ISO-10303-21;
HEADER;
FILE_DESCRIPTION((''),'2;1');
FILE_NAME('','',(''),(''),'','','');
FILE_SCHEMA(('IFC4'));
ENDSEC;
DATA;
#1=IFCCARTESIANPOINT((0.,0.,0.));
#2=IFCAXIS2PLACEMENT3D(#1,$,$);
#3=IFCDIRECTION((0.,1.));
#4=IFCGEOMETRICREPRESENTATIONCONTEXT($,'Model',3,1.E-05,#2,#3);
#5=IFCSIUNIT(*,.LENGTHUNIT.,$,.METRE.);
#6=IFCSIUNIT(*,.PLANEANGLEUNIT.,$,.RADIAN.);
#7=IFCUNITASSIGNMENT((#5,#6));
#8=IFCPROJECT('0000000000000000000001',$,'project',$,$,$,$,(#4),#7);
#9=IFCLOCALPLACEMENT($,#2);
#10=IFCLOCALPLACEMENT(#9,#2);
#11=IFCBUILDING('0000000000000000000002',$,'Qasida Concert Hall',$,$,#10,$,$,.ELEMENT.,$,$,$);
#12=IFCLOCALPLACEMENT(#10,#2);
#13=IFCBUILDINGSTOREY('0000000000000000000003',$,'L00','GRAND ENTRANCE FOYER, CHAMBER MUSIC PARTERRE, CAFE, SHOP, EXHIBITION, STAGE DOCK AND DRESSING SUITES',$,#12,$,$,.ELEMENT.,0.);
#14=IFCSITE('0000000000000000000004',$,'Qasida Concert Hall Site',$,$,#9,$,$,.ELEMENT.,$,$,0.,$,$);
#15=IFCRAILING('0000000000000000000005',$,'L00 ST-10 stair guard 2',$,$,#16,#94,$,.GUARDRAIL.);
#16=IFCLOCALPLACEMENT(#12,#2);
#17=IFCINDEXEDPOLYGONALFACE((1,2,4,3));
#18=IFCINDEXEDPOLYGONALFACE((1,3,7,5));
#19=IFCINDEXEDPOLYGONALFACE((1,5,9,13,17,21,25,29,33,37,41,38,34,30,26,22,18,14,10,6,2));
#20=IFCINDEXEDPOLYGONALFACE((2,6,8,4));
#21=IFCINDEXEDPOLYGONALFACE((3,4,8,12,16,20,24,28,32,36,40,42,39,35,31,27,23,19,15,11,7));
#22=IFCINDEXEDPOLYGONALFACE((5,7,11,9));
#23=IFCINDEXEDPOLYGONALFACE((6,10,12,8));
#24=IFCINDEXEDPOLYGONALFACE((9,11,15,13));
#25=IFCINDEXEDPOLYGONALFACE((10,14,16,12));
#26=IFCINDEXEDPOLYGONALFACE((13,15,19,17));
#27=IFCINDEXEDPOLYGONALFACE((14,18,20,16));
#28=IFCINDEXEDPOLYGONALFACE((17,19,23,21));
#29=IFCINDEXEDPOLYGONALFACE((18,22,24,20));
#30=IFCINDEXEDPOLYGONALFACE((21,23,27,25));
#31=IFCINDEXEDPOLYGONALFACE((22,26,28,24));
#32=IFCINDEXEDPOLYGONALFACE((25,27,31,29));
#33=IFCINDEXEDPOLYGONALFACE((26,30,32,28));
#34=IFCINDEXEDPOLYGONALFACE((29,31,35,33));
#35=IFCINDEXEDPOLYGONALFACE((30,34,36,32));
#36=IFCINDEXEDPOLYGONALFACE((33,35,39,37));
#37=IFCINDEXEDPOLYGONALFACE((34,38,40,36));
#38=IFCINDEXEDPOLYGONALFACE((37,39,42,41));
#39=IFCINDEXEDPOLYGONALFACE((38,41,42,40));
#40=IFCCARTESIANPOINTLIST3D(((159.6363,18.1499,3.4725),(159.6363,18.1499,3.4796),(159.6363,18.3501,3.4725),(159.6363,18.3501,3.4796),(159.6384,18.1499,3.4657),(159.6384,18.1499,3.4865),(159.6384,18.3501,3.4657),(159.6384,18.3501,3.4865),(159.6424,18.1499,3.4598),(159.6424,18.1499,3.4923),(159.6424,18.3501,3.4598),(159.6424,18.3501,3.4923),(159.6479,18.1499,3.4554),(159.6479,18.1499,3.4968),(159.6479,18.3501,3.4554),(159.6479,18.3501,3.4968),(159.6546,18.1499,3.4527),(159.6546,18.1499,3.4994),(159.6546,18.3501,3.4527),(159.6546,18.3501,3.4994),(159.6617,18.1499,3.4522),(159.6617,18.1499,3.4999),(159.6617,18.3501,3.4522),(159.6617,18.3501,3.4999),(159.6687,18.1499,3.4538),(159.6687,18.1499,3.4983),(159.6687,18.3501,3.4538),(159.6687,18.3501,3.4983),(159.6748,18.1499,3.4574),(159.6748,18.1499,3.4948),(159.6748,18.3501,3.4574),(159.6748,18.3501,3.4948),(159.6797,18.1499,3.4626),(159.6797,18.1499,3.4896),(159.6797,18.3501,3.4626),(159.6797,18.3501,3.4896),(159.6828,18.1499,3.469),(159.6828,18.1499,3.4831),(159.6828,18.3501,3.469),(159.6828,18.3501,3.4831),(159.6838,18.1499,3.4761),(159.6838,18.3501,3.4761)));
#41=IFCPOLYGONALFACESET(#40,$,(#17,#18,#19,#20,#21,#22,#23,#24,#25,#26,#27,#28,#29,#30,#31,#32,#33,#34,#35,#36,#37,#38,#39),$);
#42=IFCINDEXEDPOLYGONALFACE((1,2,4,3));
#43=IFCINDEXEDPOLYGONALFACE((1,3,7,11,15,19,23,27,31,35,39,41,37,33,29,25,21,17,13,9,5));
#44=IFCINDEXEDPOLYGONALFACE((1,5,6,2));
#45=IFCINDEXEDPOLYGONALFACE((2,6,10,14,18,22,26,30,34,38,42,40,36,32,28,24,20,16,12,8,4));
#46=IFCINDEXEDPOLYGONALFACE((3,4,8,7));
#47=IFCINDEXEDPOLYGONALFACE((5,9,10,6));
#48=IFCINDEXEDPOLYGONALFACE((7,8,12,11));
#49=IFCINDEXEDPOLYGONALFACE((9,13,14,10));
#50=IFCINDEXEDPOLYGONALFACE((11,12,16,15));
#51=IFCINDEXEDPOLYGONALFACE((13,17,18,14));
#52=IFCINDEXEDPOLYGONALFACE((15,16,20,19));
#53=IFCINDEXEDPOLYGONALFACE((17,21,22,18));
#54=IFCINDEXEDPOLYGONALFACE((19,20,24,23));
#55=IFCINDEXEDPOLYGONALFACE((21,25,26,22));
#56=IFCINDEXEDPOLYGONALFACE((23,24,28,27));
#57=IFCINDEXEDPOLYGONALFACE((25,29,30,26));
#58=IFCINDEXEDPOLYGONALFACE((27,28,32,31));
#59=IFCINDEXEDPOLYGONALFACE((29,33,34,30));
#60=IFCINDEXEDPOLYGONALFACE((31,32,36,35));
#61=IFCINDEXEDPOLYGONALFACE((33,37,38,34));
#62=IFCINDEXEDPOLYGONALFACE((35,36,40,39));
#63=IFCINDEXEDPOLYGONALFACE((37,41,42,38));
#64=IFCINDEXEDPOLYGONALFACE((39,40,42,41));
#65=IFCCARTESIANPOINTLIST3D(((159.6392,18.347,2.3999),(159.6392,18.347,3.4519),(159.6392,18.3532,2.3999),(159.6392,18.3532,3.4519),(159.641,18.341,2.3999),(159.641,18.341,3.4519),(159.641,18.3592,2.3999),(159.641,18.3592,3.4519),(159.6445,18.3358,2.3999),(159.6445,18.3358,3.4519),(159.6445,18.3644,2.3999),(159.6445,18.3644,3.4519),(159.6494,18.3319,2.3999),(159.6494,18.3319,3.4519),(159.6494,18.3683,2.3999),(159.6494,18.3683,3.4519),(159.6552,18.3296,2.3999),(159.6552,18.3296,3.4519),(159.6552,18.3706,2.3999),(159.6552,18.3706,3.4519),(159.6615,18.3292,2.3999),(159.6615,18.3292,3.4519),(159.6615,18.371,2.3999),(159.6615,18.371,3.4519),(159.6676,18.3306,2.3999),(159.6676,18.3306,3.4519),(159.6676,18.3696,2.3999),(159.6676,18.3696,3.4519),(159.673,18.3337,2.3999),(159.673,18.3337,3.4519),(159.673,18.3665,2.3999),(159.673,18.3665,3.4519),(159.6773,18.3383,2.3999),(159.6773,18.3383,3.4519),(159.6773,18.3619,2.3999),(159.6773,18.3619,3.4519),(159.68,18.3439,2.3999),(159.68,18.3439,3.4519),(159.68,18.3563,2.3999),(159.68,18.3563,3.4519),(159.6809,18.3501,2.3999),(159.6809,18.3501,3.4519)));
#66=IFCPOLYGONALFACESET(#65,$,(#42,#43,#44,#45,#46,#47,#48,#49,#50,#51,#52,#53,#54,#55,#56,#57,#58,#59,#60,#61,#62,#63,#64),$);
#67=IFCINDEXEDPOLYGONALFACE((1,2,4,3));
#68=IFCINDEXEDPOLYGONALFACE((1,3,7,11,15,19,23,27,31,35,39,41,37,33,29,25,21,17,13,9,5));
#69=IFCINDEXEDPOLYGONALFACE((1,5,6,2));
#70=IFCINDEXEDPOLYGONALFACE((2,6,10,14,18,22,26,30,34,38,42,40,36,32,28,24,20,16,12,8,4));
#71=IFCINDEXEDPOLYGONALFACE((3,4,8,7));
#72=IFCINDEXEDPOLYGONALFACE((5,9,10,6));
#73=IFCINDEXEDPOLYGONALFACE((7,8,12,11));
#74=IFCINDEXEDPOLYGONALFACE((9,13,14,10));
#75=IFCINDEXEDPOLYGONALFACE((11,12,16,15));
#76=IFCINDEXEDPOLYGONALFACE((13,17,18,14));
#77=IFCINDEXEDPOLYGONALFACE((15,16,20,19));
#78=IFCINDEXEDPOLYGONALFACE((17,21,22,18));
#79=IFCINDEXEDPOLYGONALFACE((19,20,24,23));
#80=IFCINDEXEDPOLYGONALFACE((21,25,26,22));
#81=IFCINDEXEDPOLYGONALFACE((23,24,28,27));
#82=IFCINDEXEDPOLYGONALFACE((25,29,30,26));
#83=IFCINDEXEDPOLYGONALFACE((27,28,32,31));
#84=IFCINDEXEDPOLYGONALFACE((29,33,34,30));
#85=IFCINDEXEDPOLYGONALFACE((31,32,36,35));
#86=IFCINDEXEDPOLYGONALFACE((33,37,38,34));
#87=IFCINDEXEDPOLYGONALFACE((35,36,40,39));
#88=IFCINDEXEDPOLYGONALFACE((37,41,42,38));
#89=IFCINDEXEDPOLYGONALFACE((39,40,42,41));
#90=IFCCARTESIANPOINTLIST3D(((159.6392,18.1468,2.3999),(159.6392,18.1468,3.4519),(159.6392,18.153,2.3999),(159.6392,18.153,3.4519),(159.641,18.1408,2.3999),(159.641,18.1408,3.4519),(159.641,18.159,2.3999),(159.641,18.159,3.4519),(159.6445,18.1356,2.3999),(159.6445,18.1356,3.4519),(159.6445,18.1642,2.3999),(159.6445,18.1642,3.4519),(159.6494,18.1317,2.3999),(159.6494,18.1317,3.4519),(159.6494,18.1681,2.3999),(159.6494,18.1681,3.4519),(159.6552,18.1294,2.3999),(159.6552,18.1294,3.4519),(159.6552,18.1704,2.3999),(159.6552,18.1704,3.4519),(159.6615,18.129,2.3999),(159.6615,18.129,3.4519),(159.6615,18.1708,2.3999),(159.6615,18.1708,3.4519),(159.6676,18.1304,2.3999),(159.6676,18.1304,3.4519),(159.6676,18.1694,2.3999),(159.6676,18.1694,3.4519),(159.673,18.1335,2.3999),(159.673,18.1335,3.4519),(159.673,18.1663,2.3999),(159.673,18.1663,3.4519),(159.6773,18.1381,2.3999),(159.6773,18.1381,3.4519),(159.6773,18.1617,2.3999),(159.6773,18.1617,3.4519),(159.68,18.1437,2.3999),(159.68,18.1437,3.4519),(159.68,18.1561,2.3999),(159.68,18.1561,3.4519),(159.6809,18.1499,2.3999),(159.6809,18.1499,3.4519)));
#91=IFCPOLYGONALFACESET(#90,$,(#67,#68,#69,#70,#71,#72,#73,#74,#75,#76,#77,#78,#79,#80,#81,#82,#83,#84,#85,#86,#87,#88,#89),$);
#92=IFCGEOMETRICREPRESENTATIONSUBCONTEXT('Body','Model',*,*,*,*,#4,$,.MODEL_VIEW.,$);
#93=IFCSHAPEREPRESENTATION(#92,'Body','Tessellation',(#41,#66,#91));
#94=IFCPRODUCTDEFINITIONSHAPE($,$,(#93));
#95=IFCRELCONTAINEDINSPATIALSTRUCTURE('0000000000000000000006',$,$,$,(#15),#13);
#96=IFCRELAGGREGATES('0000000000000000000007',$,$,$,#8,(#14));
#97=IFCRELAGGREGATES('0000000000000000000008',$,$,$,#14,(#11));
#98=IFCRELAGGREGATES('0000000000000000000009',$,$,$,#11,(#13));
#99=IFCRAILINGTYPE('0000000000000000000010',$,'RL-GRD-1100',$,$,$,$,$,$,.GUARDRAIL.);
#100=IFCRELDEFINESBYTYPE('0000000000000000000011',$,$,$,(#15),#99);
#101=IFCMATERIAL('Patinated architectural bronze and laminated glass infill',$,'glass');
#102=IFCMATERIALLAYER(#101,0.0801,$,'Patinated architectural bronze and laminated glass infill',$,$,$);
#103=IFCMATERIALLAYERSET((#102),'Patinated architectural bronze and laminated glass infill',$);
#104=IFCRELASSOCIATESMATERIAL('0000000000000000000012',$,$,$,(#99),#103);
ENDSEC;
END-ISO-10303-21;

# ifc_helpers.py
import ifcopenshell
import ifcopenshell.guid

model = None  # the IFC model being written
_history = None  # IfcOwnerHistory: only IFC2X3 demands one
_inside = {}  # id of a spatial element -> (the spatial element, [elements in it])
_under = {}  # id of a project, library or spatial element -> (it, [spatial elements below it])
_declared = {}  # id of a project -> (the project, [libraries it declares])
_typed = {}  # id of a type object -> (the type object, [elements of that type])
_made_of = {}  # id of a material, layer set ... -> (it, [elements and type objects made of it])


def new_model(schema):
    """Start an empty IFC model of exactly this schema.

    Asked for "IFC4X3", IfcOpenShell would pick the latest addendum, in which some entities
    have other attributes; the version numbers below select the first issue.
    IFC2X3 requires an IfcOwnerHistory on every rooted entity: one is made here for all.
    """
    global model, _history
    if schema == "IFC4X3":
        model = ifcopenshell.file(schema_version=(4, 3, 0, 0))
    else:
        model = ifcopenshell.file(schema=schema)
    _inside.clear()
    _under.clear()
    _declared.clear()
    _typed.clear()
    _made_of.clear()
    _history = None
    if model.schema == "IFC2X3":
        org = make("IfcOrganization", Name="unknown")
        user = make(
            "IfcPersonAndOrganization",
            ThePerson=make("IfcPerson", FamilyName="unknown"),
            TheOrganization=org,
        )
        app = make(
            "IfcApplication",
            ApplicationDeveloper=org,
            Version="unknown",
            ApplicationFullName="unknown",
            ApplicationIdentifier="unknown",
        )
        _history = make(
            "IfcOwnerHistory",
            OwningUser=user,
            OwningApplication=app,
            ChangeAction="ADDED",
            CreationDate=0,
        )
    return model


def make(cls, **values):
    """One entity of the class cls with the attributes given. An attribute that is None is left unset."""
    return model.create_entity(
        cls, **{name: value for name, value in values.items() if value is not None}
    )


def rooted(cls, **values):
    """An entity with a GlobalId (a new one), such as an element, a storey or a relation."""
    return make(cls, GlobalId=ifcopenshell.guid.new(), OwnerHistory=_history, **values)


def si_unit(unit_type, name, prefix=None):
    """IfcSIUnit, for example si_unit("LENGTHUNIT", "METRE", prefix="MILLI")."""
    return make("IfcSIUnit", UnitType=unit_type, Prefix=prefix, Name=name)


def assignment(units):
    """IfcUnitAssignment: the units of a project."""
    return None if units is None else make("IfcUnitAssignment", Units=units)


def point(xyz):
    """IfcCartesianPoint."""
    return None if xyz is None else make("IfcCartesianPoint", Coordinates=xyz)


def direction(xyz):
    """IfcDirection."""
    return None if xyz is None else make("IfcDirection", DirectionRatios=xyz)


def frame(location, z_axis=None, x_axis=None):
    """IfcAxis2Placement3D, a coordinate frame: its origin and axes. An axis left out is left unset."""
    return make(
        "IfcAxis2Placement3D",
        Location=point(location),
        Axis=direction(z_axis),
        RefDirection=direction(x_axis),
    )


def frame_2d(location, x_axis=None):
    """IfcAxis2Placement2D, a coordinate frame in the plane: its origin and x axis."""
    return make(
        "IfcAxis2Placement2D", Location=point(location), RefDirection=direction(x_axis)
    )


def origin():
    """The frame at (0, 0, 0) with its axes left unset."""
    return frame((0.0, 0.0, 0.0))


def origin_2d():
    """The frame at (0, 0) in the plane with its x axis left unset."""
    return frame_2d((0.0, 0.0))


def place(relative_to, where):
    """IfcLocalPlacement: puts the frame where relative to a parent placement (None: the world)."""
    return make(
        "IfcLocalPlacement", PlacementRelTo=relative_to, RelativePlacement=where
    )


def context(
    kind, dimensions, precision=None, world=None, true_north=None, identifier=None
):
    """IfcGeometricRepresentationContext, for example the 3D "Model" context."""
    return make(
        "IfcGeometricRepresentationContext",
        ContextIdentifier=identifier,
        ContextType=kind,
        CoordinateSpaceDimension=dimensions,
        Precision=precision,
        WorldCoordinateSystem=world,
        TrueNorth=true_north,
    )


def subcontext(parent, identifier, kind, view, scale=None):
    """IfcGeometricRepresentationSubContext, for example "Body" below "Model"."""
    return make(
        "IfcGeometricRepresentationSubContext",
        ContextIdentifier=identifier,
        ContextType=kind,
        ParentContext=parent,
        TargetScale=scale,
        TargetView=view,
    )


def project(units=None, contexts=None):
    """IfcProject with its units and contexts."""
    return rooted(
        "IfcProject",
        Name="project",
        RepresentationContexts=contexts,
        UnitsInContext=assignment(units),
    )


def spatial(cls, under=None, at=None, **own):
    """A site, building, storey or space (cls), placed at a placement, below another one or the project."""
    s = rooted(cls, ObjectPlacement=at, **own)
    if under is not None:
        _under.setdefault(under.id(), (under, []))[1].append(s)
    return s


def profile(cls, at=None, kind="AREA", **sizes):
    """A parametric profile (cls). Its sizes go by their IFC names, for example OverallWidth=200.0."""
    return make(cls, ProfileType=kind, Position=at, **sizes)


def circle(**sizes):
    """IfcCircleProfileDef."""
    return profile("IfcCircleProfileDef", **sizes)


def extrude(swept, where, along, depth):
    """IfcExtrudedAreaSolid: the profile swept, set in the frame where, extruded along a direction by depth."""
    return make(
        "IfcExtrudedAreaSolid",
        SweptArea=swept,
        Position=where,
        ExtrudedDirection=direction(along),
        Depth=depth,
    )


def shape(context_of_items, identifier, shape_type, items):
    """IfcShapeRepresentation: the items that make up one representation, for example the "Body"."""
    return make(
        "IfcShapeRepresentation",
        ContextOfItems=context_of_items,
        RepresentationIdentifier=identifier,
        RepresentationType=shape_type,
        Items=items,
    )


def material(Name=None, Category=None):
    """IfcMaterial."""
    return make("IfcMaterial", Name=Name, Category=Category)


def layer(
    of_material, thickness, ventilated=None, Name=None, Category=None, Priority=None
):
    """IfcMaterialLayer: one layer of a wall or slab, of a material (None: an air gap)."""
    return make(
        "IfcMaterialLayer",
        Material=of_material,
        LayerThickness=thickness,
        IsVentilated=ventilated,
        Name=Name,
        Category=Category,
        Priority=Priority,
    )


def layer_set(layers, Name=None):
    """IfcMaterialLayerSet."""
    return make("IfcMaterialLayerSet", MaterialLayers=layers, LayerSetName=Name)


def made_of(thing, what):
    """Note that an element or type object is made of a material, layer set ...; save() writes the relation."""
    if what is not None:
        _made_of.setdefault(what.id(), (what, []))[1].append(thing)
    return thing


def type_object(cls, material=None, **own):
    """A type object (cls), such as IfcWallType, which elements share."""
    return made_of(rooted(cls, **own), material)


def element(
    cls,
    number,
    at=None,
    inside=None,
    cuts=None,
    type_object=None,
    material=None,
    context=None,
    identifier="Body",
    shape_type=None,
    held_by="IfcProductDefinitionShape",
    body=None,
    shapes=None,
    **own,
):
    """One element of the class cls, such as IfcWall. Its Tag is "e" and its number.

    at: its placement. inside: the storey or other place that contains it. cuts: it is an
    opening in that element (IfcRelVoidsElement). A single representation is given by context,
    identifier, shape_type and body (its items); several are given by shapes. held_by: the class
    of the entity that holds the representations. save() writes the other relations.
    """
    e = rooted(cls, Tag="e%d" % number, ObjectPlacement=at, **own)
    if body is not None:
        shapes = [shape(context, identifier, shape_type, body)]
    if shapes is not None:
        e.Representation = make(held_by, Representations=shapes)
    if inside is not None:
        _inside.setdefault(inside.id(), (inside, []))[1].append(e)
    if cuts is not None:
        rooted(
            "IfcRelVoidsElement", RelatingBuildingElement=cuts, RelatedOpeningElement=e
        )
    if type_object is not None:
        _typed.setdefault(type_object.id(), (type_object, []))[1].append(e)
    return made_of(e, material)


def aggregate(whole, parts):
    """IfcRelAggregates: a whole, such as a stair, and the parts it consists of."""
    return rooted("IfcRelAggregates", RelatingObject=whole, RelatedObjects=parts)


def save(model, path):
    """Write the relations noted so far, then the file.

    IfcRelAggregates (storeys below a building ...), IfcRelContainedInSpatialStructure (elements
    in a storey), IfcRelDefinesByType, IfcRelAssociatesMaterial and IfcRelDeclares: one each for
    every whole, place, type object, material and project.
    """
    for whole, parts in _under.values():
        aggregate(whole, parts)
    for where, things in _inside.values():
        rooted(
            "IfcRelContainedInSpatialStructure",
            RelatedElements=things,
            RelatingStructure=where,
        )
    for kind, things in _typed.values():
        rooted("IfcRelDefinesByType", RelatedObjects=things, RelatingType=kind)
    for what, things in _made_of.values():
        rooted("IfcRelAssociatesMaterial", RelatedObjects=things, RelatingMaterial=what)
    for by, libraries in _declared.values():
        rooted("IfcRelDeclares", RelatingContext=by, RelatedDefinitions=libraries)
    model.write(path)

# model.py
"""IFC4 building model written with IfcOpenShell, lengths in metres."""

from ifc_helpers import new_model, si_unit, direction, frame, origin, origin_2d, place, context, subcontext, project, spatial, circle, extrude, material, layer, layer_set, type_object, element, save


model = new_model("IFC4")

# Units and contexts
model_context = context("Model", 3, precision=1e-05, world=origin(), true_north=direction((0.0, 1.0)))
body_context = subcontext(model_context, "Body", "Model", "MODEL_VIEW")
ifc_project = project(units=[si_unit("LENGTHUNIT", "METRE"), si_unit("PLANEANGLEUNIT", "RADIAN")], contexts=[model_context])

# Site, building, storey
site_placement = place(None, origin())
site = spatial("IfcSite", under=ifc_project, at=site_placement, Name="Qasida Concert Hall Site", CompositionType="ELEMENT", RefElevation=0.0)
building_placement = place(site_placement, origin())
building = spatial("IfcBuilding", under=site, at=building_placement, Name="Qasida Concert Hall", CompositionType="ELEMENT")
storey_placement = place(building_placement, origin())
storey = spatial("IfcBuildingStorey", under=building, at=storey_placement, Name="L00", Description="GRAND ENTRANCE FOYER, CHAMBER MUSIC PARTERRE, CAFE, SHOP, EXHIBITION, STAGE DOCK AND DRESSING SUITES", CompositionType="ELEMENT", Elevation=0.0)

# Railing
ifc_material_1 = material(Name="Patinated architectural bronze and laminated glass infill", Category="glass")
ifc_layer_1 = layer(ifc_material_1, 0.0801, Name="Patinated architectural bronze and laminated glass infill")
ifc_layer_set_1 = layer_set([ifc_layer_1], Name="Patinated architectural bronze and laminated glass infill")
railing_type_1 = type_object("IfcRailingType", Name="RL-GRD-1100", PredefinedType="GUARDRAIL", material=ifc_layer_set_1)
railing_1_placement = place(storey_placement, frame((159.6599, 18.3501, 2.3999)))
element("IfcRailing", 1, at=railing_1_placement, inside=storey, type_object=railing_type_1, Name="L00 ST-10 stair guard 2", PredefinedType="GUARDRAIL", context=body_context, shape_type="SweptSolid", body=[
    extrude(circle(Radius=0.0239, at=origin_2d()), frame((0.0, 0.0, 1.0762), z_axis=(0.0, -1.0, 0.0), x_axis=(1.0, 0.0, 0.0)), (0.0, 0.0, 1.0), 0.2002),
    extrude(circle(Radius=0.021, at=origin_2d()), origin(), (0.0, 0.0, 1.0), 1.052),
    extrude(circle(Radius=0.021, at=origin_2d()), frame((0.0, -0.2002, 0.0)), (0.0, 0.0, 1.0), 1.052),
])

save(model, "model.ifc")
